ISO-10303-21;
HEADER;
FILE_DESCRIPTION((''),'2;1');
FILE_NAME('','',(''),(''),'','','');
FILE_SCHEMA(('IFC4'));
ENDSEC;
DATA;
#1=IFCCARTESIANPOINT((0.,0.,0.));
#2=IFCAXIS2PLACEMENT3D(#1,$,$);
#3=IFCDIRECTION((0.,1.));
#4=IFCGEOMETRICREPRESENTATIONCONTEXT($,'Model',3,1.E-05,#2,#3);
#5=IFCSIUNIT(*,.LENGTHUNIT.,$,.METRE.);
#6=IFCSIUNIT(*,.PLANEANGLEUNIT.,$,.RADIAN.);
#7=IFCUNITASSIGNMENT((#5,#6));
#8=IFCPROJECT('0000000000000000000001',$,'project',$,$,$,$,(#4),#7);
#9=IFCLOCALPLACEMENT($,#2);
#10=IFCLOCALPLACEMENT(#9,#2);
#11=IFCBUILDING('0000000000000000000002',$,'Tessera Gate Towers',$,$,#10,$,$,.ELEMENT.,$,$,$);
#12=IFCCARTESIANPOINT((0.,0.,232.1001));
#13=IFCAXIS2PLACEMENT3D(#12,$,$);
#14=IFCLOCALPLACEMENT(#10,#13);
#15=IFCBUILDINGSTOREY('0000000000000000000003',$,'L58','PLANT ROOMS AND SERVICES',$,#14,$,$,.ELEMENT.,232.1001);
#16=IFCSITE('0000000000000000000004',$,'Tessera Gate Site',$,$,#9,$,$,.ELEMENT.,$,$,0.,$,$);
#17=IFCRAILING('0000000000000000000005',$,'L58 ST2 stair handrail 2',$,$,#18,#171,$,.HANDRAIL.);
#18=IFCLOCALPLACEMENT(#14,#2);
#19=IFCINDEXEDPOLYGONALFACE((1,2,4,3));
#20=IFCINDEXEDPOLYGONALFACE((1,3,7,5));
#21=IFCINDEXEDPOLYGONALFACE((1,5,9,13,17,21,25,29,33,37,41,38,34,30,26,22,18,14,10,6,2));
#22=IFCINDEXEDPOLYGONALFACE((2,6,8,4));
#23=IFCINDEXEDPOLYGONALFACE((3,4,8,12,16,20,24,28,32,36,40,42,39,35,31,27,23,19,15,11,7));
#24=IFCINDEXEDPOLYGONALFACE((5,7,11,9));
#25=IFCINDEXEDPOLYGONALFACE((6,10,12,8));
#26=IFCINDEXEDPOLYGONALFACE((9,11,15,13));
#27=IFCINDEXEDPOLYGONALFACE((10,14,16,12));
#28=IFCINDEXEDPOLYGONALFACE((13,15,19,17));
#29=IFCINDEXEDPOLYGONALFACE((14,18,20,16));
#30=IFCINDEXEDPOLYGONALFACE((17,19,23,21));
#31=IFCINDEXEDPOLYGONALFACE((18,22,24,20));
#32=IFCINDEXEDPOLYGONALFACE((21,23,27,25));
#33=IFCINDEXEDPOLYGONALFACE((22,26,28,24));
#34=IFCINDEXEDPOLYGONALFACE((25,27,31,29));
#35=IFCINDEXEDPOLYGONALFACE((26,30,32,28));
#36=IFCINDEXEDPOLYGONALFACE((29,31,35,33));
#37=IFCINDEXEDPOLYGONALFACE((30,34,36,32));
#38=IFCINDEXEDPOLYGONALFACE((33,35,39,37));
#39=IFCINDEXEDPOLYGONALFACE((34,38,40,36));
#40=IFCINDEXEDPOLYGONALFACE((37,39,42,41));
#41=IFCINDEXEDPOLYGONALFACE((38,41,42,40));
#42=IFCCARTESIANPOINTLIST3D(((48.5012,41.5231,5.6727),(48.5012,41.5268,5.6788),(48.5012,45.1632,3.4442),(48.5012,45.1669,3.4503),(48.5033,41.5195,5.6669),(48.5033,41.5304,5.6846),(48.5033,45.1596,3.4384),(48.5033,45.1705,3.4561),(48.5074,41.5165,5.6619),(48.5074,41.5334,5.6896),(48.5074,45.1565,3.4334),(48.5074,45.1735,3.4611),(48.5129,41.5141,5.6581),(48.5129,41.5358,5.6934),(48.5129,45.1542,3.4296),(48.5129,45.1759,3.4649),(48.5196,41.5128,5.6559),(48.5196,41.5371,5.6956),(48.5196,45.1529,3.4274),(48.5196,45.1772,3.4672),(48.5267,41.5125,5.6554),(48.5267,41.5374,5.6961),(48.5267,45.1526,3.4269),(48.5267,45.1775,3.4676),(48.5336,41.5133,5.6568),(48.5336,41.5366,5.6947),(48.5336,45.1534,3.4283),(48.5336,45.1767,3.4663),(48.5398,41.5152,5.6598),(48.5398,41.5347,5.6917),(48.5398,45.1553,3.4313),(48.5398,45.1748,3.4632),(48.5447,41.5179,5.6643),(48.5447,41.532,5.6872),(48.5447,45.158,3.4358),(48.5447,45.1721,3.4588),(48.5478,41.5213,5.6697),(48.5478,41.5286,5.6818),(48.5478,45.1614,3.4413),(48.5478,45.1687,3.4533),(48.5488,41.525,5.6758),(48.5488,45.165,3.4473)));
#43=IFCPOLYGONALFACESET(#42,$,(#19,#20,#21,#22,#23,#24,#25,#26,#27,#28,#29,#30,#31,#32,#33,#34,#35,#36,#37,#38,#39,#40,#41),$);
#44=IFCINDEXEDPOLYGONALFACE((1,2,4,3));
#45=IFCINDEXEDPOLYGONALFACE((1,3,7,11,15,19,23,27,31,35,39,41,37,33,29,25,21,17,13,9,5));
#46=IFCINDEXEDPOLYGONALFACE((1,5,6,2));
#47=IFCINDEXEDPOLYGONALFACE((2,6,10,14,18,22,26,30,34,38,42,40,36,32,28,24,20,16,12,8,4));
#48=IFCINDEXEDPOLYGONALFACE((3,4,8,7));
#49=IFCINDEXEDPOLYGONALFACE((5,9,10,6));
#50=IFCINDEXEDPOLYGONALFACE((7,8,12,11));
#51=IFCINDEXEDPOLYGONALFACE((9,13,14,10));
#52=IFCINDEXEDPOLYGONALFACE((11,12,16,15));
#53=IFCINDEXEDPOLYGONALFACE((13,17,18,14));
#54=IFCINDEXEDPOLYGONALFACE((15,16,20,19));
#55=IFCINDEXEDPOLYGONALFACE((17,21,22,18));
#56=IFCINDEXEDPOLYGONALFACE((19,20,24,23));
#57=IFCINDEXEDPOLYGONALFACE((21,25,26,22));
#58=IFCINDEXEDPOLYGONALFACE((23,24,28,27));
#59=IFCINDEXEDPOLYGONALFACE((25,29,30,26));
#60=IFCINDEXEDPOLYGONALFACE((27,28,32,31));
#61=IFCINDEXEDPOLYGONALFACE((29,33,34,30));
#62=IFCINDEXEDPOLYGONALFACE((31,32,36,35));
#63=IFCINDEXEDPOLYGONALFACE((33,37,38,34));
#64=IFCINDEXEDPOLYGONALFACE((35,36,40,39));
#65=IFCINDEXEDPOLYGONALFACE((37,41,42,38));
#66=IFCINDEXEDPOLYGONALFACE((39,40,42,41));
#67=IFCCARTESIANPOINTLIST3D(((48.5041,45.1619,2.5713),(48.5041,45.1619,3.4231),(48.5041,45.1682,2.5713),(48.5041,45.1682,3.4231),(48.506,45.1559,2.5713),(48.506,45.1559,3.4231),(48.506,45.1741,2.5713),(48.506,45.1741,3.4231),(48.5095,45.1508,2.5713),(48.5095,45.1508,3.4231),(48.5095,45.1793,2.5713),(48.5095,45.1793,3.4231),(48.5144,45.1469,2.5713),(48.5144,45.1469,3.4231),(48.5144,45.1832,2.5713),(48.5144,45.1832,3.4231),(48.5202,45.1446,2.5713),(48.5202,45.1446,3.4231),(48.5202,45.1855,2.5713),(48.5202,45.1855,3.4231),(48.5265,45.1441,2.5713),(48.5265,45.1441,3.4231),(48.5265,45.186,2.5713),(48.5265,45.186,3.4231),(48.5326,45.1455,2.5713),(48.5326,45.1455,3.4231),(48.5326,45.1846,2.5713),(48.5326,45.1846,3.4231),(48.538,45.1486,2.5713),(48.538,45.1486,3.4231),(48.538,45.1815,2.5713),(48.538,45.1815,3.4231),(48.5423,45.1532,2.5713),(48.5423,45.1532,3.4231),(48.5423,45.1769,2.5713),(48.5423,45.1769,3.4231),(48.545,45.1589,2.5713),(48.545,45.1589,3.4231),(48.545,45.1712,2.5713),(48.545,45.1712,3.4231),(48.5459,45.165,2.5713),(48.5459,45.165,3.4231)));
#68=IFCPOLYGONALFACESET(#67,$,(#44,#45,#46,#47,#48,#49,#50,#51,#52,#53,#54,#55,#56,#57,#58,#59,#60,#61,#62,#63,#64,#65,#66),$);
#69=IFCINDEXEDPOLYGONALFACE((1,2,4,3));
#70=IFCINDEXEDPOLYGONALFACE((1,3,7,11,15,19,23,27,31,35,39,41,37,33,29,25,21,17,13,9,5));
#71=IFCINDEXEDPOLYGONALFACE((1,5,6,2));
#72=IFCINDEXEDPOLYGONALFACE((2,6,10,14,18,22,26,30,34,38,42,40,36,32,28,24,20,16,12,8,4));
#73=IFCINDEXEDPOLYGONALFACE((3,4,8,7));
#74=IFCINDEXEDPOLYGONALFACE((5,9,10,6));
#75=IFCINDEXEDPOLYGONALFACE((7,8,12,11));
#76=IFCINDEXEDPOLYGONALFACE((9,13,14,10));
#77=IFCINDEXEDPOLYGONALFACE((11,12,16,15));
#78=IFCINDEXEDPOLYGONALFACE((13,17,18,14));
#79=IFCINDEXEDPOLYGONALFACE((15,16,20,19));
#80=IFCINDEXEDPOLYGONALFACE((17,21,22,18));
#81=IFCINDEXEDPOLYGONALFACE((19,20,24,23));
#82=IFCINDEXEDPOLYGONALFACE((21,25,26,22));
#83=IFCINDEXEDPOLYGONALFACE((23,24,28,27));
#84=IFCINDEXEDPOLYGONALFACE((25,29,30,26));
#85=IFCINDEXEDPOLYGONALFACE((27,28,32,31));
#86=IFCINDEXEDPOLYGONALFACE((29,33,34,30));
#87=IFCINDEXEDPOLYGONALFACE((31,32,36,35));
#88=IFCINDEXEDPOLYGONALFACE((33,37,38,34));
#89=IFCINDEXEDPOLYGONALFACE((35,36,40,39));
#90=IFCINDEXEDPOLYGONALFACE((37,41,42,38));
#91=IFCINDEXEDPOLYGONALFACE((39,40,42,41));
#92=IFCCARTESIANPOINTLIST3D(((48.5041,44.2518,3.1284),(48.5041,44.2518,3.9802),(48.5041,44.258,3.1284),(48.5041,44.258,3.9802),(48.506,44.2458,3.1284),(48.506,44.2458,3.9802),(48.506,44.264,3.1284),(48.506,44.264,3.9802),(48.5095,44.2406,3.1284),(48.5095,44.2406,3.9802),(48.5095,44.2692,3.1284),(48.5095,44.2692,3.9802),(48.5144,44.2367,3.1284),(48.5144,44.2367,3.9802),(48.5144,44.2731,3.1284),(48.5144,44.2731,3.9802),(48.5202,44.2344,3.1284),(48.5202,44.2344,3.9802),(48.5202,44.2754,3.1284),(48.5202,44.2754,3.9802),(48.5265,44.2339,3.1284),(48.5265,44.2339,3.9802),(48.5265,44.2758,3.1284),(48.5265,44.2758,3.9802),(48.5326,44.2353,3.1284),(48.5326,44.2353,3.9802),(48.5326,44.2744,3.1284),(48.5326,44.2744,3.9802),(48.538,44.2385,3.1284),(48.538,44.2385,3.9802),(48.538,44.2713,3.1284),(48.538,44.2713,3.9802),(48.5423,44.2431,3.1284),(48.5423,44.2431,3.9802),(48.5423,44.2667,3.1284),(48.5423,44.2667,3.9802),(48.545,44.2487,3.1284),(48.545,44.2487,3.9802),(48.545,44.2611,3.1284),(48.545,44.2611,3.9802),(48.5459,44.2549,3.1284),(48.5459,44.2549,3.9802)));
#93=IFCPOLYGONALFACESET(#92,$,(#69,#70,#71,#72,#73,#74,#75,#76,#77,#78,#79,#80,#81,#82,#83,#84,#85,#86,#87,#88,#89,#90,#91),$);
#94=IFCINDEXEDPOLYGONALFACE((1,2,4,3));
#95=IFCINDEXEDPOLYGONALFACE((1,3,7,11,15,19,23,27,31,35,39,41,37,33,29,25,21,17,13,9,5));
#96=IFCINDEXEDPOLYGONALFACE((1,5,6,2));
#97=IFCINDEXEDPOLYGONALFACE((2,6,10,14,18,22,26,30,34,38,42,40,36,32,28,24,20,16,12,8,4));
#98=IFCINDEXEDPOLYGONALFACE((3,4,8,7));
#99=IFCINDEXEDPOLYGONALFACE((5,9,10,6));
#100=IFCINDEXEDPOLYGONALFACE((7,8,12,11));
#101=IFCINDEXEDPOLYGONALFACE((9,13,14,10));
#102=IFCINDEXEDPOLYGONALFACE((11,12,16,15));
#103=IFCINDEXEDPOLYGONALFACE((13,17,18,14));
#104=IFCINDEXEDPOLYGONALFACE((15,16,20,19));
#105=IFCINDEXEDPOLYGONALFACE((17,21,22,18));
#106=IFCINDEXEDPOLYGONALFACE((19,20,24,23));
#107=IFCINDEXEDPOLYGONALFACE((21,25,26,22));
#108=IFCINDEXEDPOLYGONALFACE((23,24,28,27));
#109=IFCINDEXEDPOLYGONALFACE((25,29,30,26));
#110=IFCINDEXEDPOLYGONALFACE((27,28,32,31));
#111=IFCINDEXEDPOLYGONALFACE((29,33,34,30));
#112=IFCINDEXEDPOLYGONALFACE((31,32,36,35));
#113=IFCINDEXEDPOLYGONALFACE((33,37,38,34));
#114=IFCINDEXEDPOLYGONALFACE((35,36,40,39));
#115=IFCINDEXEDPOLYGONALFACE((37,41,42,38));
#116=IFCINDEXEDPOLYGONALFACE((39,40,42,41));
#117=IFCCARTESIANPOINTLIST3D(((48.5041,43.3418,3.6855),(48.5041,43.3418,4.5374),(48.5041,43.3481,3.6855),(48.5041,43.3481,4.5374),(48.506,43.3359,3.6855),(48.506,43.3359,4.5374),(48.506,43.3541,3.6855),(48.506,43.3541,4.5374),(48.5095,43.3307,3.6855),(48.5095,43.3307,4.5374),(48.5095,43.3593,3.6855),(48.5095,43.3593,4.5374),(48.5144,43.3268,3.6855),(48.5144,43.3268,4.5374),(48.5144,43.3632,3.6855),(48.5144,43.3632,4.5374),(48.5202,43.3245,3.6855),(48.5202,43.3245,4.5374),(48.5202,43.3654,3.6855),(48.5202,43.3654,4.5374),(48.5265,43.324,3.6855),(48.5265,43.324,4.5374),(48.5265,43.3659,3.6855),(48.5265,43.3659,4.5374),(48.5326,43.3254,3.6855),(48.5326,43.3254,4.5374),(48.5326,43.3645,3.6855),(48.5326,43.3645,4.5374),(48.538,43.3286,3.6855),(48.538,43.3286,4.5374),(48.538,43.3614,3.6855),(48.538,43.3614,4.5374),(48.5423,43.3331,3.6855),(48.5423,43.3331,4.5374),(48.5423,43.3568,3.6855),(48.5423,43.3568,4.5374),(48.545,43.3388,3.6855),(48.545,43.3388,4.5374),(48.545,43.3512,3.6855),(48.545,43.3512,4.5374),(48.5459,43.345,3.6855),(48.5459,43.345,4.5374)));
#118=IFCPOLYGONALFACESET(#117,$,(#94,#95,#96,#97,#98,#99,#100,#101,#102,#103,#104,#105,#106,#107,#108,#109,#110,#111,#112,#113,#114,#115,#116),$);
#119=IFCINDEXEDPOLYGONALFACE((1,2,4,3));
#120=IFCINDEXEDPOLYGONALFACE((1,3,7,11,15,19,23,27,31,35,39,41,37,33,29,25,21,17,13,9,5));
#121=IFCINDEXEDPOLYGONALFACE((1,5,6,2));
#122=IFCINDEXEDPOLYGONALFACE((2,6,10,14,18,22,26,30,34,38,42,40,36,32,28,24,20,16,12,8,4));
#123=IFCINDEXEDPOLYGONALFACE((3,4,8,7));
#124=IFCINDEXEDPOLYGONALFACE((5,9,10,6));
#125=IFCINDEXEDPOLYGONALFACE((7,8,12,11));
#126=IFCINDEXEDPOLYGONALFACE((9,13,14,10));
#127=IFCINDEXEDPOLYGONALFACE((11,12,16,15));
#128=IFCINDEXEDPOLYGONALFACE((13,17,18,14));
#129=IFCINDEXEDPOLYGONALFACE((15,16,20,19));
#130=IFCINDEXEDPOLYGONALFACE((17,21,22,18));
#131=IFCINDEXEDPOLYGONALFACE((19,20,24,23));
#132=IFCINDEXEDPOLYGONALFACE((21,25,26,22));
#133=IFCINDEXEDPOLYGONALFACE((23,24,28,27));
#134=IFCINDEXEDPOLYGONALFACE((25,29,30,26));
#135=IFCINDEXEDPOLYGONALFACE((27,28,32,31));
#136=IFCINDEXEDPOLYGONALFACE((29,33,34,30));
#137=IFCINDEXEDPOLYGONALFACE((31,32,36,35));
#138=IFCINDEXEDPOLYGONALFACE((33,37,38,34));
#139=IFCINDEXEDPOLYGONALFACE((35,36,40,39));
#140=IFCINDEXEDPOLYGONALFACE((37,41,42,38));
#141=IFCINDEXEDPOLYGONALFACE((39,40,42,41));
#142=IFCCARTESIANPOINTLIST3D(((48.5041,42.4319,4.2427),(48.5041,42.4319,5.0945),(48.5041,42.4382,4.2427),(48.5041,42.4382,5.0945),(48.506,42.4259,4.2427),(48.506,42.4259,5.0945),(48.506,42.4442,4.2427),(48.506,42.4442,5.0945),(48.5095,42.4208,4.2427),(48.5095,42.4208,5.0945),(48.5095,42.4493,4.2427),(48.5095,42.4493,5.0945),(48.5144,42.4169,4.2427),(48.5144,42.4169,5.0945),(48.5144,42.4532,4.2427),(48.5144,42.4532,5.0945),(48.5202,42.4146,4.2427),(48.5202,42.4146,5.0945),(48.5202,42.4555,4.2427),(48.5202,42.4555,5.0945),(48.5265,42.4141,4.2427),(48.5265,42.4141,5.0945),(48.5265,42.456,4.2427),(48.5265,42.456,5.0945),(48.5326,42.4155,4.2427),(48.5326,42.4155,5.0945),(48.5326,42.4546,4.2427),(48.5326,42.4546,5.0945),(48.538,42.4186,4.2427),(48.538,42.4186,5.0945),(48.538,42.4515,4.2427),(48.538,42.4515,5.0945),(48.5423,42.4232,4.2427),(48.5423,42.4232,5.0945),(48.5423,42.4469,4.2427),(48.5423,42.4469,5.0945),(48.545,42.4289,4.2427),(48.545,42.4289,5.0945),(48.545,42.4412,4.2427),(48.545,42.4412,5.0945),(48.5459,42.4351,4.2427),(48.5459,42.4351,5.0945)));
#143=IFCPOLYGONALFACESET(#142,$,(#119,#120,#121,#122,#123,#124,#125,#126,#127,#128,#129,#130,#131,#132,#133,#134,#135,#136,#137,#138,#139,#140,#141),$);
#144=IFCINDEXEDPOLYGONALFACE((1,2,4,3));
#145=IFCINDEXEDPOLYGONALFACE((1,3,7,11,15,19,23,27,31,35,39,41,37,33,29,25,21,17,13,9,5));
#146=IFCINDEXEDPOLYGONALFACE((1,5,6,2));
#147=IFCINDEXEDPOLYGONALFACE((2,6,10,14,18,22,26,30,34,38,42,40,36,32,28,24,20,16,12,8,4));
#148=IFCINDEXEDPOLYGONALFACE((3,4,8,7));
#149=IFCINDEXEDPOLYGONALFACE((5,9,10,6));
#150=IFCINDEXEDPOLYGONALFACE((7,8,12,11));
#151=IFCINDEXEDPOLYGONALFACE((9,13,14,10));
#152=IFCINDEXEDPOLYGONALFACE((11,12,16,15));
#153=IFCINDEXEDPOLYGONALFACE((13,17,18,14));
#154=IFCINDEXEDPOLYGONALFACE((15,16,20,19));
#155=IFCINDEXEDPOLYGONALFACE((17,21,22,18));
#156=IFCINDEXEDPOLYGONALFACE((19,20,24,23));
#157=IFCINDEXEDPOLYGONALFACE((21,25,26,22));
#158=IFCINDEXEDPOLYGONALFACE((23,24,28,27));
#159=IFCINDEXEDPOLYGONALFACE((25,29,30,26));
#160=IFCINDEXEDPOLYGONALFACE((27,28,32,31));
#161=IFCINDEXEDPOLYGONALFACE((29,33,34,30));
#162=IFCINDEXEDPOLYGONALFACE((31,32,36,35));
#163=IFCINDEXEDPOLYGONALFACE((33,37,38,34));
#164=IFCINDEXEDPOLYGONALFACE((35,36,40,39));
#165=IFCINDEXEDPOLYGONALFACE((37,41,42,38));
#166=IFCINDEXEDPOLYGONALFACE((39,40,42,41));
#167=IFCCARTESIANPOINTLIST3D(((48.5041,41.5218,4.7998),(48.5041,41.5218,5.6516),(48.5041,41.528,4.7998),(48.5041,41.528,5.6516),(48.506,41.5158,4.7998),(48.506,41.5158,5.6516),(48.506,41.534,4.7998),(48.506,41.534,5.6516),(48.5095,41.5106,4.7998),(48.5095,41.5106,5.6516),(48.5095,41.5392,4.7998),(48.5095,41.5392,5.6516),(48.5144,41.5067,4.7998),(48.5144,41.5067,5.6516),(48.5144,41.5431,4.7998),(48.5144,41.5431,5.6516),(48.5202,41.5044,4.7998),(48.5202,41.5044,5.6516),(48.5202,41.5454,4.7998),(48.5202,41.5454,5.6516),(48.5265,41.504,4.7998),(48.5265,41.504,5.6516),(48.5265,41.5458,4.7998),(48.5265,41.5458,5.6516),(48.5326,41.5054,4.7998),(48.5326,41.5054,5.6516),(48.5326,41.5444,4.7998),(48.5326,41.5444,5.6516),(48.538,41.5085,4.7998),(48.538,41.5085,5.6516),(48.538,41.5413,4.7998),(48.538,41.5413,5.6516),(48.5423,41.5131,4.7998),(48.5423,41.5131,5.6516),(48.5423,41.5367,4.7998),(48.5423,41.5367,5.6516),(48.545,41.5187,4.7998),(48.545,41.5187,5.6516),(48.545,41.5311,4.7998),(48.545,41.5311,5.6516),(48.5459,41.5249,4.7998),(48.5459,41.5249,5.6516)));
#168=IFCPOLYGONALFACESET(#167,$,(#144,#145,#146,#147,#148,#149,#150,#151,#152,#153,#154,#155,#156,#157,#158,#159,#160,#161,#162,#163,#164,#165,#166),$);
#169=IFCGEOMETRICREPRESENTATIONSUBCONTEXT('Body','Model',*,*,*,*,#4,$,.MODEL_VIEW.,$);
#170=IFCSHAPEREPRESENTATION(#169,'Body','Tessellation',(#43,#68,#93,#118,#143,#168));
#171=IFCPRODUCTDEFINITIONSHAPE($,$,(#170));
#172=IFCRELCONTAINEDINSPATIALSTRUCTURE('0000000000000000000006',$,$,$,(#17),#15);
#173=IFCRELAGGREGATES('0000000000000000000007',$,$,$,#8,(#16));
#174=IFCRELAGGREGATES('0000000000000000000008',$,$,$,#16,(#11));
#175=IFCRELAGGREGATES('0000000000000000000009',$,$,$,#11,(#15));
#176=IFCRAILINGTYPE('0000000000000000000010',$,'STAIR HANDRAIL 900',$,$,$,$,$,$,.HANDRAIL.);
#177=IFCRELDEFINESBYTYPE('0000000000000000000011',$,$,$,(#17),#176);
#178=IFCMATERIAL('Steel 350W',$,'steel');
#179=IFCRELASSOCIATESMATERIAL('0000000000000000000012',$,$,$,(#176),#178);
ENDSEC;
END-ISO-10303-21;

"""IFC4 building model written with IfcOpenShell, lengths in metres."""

from ifc_helpers import new_model, si_unit, direction, frame, origin, origin_2d, place, context, subcontext, project, spatial, circle, extrude, material, type_object, element, save


model = new_model("IFC4")

# Units and contexts
model_context = context("Model", 3, precision=1e-05, world=origin(), true_north=direction((0.0, 1.0)))
body_context = subcontext(model_context, "Body", "Model", "MODEL_VIEW")
ifc_project = project(units=[si_unit("LENGTHUNIT", "METRE"), si_unit("PLANEANGLEUNIT", "RADIAN")], contexts=[model_context])

# Site, building, storey
site_placement = place(None, origin())
site = spatial("IfcSite", under=ifc_project, at=site_placement, Name="Tessera Gate Site", CompositionType="ELEMENT", RefElevation=0.0)
building_placement = place(site_placement, origin())
building = spatial("IfcBuilding", under=site, at=building_placement, Name="Tessera Gate Towers", CompositionType="ELEMENT")
storey_placement = place(building_placement, frame((0.0, 0.0, 232.1001)))
storey = spatial("IfcBuildingStorey", under=building, at=storey_placement, Name="L58", Description="PLANT ROOMS AND SERVICES", CompositionType="ELEMENT", Elevation=232.1001)

# Railing
ifc_material_1 = material(Name="Steel 350W", Category="steel")
railing_type_1 = type_object("IfcRailingType", Name="STAIR HANDRAIL 900", PredefinedType="HANDRAIL", material=ifc_material_1)
railing_1_placement = place(storey_placement, frame((48.5249, 45.165, 2.5713)))
element("IfcRailing", 1, at=railing_1_placement, inside=storey, type_object=railing_type_1, Name="L58 ST2 stair handrail 2", PredefinedType="HANDRAIL", context=body_context, shape_type="SweptSolid", body=[
    extrude(circle(Radius=0.0239, at=origin_2d()), frame((0.0, 0.0, 0.876), z_axis=(0.0, -0.852866, 0.52213), x_axis=(1.0, 0.0, 0.0)), (0.0, 0.0, 1.0), 4.2681),
    extrude(circle(Radius=0.021, at=origin_2d()), origin(), (0.0, 0.0, 1.0), 0.8518),
    extrude(circle(Radius=0.021, at=origin_2d()), frame((0.0, -0.9102, 0.5571)), (0.0, 0.0, 1.0), 0.8518),
    extrude(circle(Radius=0.021, at=origin_2d()), frame((0.0, -1.8201, 1.1143)), (0.0, 0.0, 1.0), 0.8518),
    extrude(circle(Radius=0.021, at=origin_2d()), frame((0.0, -2.73, 1.6714)), (0.0, 0.0, 1.0), 0.8518),
    extrude(circle(Radius=0.021, at=origin_2d()), frame((0.0, -3.6401, 2.2285)), (0.0, 0.0, 1.0), 0.8518),
])

save(model, "model.ifc")
